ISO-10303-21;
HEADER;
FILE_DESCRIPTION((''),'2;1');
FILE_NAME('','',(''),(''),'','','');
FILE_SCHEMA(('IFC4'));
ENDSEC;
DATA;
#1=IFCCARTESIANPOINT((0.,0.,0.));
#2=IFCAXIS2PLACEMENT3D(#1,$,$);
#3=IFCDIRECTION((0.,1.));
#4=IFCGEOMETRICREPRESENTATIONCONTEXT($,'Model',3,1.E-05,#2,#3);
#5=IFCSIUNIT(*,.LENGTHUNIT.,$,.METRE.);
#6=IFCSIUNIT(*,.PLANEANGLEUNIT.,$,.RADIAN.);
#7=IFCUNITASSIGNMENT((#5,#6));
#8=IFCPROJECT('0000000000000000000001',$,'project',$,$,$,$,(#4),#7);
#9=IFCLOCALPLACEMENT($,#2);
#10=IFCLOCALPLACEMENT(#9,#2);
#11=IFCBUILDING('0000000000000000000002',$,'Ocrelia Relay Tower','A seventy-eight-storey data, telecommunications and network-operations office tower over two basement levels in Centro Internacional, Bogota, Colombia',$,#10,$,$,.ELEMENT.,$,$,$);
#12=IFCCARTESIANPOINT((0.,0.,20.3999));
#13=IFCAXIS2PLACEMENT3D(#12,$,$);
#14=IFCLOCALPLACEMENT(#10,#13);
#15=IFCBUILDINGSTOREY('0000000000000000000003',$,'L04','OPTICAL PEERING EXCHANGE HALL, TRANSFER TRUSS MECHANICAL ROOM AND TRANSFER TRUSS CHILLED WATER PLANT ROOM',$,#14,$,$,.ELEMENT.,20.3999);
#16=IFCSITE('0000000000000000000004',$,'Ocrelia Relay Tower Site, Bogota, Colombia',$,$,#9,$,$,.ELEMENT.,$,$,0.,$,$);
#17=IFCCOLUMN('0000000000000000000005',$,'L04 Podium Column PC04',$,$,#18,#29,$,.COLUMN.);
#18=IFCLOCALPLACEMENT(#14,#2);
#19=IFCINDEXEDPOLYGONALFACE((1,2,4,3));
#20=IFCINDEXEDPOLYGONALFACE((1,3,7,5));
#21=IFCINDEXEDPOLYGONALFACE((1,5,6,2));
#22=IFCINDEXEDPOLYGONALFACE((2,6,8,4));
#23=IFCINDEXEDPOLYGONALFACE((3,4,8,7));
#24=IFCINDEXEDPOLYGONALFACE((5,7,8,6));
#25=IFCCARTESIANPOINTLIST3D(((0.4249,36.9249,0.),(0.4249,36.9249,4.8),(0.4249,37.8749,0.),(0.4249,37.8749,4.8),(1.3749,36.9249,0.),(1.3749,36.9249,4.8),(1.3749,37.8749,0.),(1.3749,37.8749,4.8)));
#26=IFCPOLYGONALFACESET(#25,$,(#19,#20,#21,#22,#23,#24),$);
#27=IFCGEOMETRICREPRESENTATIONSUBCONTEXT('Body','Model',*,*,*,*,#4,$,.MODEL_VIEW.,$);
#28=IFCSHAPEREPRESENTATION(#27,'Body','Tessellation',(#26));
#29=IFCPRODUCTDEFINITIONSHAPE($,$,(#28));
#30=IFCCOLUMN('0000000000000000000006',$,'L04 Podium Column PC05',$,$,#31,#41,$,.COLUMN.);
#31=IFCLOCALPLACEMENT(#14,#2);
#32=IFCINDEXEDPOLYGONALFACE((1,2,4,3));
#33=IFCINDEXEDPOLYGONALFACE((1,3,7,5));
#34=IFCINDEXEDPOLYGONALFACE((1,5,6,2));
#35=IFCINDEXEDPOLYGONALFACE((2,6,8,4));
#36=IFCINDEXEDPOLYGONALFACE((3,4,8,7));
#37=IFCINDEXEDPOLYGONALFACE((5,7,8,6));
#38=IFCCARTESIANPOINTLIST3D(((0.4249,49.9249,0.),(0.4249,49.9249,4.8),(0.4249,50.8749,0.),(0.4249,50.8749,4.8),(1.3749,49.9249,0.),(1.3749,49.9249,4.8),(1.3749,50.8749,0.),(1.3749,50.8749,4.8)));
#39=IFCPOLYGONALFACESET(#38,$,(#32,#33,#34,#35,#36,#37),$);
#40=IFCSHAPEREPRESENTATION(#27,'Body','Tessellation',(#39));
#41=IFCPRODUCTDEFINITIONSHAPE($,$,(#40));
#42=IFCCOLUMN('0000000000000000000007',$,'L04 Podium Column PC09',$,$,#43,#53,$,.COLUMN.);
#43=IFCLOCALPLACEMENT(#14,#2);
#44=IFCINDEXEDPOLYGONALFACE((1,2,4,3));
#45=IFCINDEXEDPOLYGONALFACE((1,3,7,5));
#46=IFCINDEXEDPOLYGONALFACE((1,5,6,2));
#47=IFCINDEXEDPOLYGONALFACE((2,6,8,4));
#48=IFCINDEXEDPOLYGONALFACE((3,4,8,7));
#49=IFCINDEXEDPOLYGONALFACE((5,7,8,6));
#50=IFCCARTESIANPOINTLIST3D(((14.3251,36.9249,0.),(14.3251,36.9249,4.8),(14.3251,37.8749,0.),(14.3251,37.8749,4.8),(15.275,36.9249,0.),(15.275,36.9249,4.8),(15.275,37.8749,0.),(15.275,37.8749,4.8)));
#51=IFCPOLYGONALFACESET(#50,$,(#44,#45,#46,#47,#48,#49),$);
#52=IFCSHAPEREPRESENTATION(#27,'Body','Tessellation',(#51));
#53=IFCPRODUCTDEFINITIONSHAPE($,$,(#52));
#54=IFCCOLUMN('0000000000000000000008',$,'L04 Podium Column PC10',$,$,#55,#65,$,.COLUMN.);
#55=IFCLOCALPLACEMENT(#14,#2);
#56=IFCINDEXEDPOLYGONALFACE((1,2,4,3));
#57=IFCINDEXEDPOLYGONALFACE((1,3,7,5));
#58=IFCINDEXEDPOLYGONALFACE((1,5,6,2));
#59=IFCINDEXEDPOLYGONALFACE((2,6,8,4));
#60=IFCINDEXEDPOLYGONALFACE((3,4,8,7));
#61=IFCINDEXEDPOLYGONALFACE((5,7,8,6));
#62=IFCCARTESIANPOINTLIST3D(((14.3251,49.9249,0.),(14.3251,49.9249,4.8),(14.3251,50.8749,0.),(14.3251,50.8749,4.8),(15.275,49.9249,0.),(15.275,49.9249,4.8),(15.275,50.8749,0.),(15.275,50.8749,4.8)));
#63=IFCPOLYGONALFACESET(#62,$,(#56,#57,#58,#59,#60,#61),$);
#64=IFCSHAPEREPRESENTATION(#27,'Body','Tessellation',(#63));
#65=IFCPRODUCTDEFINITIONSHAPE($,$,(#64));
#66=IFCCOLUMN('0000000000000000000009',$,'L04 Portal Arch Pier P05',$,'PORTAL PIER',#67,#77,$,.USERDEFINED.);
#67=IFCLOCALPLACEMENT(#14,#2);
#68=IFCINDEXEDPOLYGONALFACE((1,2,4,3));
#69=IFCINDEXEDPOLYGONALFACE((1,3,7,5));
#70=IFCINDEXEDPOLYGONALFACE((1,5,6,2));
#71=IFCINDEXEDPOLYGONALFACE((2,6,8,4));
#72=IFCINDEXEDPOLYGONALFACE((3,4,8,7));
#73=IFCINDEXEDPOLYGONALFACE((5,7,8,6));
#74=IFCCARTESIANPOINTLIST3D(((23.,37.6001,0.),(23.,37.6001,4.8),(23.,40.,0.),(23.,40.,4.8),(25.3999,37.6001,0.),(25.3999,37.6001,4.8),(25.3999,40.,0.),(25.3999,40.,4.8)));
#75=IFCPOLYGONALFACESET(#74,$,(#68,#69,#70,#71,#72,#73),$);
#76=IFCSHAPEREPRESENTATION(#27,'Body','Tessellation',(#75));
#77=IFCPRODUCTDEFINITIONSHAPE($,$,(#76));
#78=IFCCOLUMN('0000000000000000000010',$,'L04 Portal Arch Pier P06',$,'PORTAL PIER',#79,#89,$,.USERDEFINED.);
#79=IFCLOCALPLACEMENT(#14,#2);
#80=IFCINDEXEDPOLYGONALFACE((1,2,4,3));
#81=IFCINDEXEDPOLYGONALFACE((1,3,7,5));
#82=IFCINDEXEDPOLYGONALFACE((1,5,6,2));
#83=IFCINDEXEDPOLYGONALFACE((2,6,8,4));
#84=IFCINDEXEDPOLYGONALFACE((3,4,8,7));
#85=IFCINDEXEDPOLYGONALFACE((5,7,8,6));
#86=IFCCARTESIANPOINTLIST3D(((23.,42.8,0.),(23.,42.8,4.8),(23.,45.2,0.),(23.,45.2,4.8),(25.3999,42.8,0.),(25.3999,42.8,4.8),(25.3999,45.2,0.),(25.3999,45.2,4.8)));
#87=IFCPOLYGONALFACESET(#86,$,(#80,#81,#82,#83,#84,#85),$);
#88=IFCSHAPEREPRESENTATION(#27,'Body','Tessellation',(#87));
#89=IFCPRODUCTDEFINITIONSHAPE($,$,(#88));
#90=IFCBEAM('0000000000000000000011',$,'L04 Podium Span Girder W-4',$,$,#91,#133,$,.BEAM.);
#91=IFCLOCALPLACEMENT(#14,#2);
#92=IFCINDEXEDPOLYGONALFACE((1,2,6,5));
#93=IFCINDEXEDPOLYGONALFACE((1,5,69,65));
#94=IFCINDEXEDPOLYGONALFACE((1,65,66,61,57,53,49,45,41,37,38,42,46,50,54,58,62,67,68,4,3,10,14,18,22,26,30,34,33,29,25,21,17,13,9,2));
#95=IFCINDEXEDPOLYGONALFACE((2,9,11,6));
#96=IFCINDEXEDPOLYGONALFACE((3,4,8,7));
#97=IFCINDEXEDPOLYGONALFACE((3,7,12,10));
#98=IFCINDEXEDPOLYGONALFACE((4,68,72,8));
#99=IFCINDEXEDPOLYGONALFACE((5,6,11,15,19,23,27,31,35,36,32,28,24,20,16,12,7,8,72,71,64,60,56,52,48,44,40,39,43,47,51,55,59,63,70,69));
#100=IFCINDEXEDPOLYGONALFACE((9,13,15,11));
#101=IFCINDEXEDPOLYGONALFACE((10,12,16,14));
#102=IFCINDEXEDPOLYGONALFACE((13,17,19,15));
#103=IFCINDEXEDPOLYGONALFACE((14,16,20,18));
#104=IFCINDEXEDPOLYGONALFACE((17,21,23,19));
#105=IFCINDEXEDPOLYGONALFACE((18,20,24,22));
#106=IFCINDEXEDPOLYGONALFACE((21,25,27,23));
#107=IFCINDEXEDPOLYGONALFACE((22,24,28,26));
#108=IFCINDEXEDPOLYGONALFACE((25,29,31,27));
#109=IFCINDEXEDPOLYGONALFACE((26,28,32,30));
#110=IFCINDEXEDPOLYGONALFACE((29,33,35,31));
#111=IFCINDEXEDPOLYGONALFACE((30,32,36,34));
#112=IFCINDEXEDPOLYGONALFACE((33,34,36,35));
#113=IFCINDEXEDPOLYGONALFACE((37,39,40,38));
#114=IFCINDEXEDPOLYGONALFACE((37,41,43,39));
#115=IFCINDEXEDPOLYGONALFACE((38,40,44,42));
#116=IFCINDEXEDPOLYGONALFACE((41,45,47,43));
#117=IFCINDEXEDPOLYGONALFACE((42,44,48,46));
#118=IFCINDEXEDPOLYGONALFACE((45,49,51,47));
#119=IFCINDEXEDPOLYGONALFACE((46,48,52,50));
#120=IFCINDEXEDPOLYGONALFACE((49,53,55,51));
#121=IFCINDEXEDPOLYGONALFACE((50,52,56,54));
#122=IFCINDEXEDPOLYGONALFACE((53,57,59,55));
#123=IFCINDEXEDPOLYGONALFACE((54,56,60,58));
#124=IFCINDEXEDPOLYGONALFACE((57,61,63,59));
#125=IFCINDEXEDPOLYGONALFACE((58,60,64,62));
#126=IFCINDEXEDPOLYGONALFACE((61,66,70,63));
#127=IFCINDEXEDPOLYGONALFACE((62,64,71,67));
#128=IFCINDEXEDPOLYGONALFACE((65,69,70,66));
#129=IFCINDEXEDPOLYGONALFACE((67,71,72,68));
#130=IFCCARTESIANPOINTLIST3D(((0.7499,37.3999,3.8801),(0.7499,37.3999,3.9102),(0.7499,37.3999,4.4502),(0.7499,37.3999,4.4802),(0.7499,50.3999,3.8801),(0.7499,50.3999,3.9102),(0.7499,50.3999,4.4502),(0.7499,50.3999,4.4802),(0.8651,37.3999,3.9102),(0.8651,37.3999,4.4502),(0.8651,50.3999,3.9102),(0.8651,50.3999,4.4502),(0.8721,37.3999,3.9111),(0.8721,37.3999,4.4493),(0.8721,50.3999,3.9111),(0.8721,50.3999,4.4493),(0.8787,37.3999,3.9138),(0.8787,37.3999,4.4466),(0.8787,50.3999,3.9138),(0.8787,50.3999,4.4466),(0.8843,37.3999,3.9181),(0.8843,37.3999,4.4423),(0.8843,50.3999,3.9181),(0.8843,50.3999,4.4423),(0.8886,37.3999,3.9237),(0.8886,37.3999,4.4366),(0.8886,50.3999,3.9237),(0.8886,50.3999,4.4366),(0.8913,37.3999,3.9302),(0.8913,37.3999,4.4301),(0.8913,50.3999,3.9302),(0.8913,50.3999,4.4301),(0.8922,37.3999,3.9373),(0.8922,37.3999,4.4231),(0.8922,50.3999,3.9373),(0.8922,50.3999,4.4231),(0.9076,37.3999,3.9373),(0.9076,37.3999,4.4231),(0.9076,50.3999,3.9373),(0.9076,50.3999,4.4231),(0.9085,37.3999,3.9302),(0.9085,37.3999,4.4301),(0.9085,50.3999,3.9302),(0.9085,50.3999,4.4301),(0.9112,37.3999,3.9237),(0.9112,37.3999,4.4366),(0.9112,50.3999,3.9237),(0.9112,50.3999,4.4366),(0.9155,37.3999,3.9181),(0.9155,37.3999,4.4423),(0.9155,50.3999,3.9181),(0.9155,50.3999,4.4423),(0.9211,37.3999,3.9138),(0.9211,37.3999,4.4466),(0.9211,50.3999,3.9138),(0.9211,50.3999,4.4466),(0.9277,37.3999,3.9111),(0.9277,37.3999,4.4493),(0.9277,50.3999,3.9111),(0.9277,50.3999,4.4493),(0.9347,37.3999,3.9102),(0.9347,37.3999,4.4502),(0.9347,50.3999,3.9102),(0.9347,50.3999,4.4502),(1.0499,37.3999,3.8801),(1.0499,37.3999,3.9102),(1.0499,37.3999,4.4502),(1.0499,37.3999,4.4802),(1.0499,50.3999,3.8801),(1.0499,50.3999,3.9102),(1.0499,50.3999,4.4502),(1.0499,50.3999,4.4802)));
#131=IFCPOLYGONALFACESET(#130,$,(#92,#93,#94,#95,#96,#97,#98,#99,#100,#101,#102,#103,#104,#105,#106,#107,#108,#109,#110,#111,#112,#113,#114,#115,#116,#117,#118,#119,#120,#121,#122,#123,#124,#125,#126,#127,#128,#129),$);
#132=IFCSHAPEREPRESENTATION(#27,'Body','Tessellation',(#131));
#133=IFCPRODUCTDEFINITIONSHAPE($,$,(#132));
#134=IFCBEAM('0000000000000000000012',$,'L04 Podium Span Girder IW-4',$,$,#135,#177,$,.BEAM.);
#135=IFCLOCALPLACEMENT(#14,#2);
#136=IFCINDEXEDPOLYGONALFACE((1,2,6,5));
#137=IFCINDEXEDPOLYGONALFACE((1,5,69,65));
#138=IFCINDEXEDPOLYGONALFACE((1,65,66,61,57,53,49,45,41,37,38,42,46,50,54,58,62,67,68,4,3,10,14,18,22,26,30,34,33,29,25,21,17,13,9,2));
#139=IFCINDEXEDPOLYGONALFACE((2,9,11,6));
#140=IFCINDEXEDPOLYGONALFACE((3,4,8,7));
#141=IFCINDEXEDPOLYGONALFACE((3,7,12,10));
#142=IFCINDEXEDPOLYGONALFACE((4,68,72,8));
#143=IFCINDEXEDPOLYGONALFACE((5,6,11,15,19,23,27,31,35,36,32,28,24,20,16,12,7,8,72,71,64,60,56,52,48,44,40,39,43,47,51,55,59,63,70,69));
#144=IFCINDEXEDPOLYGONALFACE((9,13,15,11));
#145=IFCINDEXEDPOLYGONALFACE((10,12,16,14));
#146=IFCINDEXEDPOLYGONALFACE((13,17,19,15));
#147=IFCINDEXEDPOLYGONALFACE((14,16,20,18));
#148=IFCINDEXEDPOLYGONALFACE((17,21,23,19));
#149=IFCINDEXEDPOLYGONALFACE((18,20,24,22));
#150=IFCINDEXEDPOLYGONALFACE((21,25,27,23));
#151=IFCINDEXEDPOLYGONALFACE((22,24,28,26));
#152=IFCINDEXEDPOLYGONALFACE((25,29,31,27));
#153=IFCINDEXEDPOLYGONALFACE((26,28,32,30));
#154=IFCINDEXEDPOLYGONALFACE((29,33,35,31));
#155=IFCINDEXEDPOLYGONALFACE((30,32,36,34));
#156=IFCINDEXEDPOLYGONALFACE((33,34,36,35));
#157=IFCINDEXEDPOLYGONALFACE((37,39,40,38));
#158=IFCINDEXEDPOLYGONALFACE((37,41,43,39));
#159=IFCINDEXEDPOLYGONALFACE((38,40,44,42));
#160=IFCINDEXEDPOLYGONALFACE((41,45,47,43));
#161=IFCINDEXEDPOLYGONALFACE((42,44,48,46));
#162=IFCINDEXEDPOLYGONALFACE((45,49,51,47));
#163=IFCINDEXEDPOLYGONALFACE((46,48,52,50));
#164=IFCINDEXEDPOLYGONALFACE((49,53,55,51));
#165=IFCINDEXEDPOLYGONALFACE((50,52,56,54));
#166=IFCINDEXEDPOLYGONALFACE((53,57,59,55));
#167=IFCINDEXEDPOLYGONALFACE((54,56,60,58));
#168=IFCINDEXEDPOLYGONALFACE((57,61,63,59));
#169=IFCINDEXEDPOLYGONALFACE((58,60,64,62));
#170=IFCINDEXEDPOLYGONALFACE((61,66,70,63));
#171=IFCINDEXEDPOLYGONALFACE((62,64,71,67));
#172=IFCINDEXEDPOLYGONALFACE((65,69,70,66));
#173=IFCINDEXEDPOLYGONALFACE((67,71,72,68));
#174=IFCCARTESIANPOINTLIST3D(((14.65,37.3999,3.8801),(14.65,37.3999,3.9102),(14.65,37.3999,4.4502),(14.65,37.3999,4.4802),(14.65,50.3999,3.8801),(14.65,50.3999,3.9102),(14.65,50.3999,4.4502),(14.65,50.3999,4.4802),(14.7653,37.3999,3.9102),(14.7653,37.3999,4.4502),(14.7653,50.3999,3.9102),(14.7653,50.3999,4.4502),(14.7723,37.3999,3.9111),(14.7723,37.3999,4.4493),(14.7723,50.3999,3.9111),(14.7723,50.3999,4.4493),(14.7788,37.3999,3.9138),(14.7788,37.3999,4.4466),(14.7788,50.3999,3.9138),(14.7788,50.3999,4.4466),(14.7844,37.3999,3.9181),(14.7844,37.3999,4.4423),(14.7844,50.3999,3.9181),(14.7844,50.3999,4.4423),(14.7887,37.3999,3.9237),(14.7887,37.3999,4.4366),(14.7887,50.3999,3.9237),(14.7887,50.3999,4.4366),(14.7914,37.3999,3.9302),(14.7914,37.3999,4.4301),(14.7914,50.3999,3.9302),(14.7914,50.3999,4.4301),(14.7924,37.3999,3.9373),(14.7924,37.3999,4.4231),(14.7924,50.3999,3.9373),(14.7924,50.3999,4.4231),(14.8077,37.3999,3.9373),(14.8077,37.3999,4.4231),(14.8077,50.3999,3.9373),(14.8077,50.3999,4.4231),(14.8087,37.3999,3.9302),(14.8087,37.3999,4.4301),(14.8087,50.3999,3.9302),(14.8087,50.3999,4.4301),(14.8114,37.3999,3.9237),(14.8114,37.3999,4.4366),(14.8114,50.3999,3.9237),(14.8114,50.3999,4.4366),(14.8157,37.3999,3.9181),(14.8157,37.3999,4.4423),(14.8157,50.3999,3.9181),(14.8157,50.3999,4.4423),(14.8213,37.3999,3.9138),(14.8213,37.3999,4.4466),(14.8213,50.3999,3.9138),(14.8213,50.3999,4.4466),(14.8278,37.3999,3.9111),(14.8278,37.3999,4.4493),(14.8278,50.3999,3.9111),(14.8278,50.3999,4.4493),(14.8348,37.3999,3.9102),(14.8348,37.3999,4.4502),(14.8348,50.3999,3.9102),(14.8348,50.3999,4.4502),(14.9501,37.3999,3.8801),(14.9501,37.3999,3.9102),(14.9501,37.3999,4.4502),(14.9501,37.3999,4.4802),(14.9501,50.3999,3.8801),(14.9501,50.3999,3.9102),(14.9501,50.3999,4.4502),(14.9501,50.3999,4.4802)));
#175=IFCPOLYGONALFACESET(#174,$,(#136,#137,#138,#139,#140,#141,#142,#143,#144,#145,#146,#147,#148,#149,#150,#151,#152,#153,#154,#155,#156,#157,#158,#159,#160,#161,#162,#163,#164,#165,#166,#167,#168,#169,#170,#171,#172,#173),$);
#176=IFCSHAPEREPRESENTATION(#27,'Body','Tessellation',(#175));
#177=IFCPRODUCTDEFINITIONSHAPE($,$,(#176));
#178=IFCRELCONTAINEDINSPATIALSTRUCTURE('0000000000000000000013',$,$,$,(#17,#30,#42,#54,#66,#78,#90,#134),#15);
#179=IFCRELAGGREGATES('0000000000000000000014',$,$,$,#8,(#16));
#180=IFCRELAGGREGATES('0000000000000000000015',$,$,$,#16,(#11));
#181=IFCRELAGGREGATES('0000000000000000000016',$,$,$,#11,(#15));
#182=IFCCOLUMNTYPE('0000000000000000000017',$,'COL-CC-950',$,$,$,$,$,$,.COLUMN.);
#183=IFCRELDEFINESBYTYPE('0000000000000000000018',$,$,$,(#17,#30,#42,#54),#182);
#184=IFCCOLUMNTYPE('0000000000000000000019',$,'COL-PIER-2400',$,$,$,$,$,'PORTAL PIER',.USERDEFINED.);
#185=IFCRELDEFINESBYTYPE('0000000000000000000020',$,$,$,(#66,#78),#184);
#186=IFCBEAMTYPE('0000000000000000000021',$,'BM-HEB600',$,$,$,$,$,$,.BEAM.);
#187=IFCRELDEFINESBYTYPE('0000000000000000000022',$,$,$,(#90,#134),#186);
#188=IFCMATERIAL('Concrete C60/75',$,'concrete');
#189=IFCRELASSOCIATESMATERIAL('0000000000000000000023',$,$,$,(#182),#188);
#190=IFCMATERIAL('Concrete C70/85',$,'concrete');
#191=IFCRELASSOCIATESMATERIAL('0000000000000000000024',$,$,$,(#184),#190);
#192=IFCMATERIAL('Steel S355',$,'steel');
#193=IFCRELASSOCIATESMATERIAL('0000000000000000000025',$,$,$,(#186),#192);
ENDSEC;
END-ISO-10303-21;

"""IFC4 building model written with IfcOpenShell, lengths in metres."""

from ifc_helpers import new_model, si_unit, direction, frame, origin, origin_2d, place, context, subcontext, project, spatial, rectangle, i_section, extrude, material, material_profile, profile_set, type_object, element, save


model = new_model("IFC4")

# Units and contexts
model_context = context("Model", 3, precision=1e-05, world=origin(), true_north=direction((0.0, 1.0)))
body_context = subcontext(model_context, "Body", "Model", "MODEL_VIEW")
ifc_project = project(units=[si_unit("LENGTHUNIT", "METRE"), si_unit("PLANEANGLEUNIT", "RADIAN")], contexts=[model_context])

# Site, building, storey
site_placement = place(None, origin())
site = spatial("IfcSite", under=ifc_project, at=site_placement, Name="Ocrelia Relay Tower Site, Bogota, Colombia", CompositionType="ELEMENT", RefElevation=0.0)
building_placement = place(site_placement, origin())
building = spatial("IfcBuilding", under=site, at=building_placement, Name="Ocrelia Relay Tower", Description="A seventy-eight-storey data, telecommunications and network-operations office tower over two basement levels in Centro Internacional, Bogota, Colombia", CompositionType="ELEMENT")
storey_placement = place(building_placement, frame((0.0, 0.0, 20.3999)))
storey = spatial("IfcBuildingStorey", under=building, at=storey_placement, Name="L04", Description="OPTICAL PEERING EXCHANGE HALL, TRANSFER TRUSS MECHANICAL ROOM AND TRANSFER TRUSS CHILLED WATER PLANT ROOM", CompositionType="ELEMENT", Elevation=20.3999)

# Columns
ifc_material_1 = material(Name="Concrete C60/75", Category="concrete")
ifc_material_profile_1 = material_profile(ifc_material_1, rectangle(XDim=0.95, YDim=0.95, at=origin_2d()), Name="RC-COL-950x950")
ifc_profile_set_1 = profile_set([ifc_material_profile_1], Name="Concrete C60/75")
column_type_1 = type_object("IfcColumnType", Name="COL-CC-950", PredefinedType="COLUMN", material=ifc_profile_set_1)
for number, where, z_axis, x_axis, name in (
    (1, (0.8999, 37.3999, 0.0), (0.0, 0.0, 1.0), (1.0, 0.0, 0.0), "L04 Podium Column PC04"),
    (2, (0.8999, 50.3999, 0.0), (0.0, 0.0, 1.0), (1.0, 0.0, 0.0), "L04 Podium Column PC05"),
    (3, (14.8, 37.3999, 0.0), (0.0, 0.0, 1.0), (1.0, 0.0, 0.0), "L04 Podium Column PC09"),
    (4, (14.8, 50.3999, 0.0), (0.0, 0.0, 1.0), (1.0, 0.0, 0.0), "L04 Podium Column PC10"),
):
    element("IfcColumn", number, at=place(storey_placement, frame(where, z_axis=z_axis, x_axis=x_axis)), inside=storey, type_object=column_type_1, Name=name, PredefinedType="COLUMN", context=body_context, shape_type="SweptSolid", body=[
        extrude(rectangle(XDim=0.95, YDim=0.95, at=origin_2d()), origin(), (0.0, 0.0, 1.0), 4.8),
    ])
ifc_material_2 = material(Name="Concrete C70/85", Category="concrete")
ifc_material_profile_2 = material_profile(ifc_material_2, rectangle(XDim=2.3999, YDim=2.3999, at=origin_2d()), Name="RC-PIER-2400x2400")
ifc_profile_set_2 = profile_set([ifc_material_profile_2], Name="Concrete C70/85")
column_type_2 = type_object("IfcColumnType", Name="COL-PIER-2400", ElementType="PORTAL PIER", PredefinedType="USERDEFINED", material=ifc_profile_set_2)
for number, where, z_axis, x_axis, name in (
    (5, (24.2, 38.8, 0.0), (0.0, 0.0, 1.0), (1.0, 0.0, 0.0), "L04 Portal Arch Pier P05"),
    (6, (24.2, 44.0, 0.0), (0.0, 0.0, 1.0), (1.0, 0.0, 0.0), "L04 Portal Arch Pier P06"),
):
    element("IfcColumn", number, at=place(storey_placement, frame(where, z_axis=z_axis, x_axis=x_axis)), inside=storey, type_object=column_type_2, Name=name, ObjectType="PORTAL PIER", PredefinedType="USERDEFINED", context=body_context, shape_type="SweptSolid", body=[
        extrude(rectangle(XDim=2.3999, YDim=2.3999, at=origin_2d()), origin(), (0.0, 0.0, 1.0), 4.8),
    ])

# Beams
ifc_material_3 = material(Name="Steel S355", Category="steel")
ifc_material_profile_3 = material_profile(ifc_material_3, i_section(OverallWidth=0.3, OverallDepth=0.6001, WebThickness=0.0154, FlangeThickness=0.03, FilletRadius=0.0271, at=origin_2d()), Name="HEB 600")
ifc_profile_set_3 = profile_set([ifc_material_profile_3], Name="Steel S355")
beam_type_1 = type_object("IfcBeamType", Name="BM-HEB600", PredefinedType="BEAM", material=ifc_profile_set_3)
for number, where, z_axis, x_axis, name in (
    (7, (0.8999, 37.3999, 4.1802), (0.0, 1.0, 0.0), (-1.0, 0.0, 0.0), "L04 Podium Span Girder W-4"),
    (8, (14.8, 37.3999, 4.1802), (0.0, 1.0, 0.0), (-1.0, 0.0, 0.0), "L04 Podium Span Girder IW-4"),
):
    element("IfcBeam", number, at=place(storey_placement, frame(where, z_axis=z_axis, x_axis=x_axis)), inside=storey, type_object=beam_type_1, Name=name, PredefinedType="BEAM", context=body_context, shape_type="SweptSolid", body=[
        extrude(i_section(OverallWidth=0.3, OverallDepth=0.6001, WebThickness=0.0154, FlangeThickness=0.03, FilletRadius=0.0271, at=origin_2d()), origin(), (0.0, 0.0, 1.0), 13.0),
    ])

save(model, "model.ifc")
